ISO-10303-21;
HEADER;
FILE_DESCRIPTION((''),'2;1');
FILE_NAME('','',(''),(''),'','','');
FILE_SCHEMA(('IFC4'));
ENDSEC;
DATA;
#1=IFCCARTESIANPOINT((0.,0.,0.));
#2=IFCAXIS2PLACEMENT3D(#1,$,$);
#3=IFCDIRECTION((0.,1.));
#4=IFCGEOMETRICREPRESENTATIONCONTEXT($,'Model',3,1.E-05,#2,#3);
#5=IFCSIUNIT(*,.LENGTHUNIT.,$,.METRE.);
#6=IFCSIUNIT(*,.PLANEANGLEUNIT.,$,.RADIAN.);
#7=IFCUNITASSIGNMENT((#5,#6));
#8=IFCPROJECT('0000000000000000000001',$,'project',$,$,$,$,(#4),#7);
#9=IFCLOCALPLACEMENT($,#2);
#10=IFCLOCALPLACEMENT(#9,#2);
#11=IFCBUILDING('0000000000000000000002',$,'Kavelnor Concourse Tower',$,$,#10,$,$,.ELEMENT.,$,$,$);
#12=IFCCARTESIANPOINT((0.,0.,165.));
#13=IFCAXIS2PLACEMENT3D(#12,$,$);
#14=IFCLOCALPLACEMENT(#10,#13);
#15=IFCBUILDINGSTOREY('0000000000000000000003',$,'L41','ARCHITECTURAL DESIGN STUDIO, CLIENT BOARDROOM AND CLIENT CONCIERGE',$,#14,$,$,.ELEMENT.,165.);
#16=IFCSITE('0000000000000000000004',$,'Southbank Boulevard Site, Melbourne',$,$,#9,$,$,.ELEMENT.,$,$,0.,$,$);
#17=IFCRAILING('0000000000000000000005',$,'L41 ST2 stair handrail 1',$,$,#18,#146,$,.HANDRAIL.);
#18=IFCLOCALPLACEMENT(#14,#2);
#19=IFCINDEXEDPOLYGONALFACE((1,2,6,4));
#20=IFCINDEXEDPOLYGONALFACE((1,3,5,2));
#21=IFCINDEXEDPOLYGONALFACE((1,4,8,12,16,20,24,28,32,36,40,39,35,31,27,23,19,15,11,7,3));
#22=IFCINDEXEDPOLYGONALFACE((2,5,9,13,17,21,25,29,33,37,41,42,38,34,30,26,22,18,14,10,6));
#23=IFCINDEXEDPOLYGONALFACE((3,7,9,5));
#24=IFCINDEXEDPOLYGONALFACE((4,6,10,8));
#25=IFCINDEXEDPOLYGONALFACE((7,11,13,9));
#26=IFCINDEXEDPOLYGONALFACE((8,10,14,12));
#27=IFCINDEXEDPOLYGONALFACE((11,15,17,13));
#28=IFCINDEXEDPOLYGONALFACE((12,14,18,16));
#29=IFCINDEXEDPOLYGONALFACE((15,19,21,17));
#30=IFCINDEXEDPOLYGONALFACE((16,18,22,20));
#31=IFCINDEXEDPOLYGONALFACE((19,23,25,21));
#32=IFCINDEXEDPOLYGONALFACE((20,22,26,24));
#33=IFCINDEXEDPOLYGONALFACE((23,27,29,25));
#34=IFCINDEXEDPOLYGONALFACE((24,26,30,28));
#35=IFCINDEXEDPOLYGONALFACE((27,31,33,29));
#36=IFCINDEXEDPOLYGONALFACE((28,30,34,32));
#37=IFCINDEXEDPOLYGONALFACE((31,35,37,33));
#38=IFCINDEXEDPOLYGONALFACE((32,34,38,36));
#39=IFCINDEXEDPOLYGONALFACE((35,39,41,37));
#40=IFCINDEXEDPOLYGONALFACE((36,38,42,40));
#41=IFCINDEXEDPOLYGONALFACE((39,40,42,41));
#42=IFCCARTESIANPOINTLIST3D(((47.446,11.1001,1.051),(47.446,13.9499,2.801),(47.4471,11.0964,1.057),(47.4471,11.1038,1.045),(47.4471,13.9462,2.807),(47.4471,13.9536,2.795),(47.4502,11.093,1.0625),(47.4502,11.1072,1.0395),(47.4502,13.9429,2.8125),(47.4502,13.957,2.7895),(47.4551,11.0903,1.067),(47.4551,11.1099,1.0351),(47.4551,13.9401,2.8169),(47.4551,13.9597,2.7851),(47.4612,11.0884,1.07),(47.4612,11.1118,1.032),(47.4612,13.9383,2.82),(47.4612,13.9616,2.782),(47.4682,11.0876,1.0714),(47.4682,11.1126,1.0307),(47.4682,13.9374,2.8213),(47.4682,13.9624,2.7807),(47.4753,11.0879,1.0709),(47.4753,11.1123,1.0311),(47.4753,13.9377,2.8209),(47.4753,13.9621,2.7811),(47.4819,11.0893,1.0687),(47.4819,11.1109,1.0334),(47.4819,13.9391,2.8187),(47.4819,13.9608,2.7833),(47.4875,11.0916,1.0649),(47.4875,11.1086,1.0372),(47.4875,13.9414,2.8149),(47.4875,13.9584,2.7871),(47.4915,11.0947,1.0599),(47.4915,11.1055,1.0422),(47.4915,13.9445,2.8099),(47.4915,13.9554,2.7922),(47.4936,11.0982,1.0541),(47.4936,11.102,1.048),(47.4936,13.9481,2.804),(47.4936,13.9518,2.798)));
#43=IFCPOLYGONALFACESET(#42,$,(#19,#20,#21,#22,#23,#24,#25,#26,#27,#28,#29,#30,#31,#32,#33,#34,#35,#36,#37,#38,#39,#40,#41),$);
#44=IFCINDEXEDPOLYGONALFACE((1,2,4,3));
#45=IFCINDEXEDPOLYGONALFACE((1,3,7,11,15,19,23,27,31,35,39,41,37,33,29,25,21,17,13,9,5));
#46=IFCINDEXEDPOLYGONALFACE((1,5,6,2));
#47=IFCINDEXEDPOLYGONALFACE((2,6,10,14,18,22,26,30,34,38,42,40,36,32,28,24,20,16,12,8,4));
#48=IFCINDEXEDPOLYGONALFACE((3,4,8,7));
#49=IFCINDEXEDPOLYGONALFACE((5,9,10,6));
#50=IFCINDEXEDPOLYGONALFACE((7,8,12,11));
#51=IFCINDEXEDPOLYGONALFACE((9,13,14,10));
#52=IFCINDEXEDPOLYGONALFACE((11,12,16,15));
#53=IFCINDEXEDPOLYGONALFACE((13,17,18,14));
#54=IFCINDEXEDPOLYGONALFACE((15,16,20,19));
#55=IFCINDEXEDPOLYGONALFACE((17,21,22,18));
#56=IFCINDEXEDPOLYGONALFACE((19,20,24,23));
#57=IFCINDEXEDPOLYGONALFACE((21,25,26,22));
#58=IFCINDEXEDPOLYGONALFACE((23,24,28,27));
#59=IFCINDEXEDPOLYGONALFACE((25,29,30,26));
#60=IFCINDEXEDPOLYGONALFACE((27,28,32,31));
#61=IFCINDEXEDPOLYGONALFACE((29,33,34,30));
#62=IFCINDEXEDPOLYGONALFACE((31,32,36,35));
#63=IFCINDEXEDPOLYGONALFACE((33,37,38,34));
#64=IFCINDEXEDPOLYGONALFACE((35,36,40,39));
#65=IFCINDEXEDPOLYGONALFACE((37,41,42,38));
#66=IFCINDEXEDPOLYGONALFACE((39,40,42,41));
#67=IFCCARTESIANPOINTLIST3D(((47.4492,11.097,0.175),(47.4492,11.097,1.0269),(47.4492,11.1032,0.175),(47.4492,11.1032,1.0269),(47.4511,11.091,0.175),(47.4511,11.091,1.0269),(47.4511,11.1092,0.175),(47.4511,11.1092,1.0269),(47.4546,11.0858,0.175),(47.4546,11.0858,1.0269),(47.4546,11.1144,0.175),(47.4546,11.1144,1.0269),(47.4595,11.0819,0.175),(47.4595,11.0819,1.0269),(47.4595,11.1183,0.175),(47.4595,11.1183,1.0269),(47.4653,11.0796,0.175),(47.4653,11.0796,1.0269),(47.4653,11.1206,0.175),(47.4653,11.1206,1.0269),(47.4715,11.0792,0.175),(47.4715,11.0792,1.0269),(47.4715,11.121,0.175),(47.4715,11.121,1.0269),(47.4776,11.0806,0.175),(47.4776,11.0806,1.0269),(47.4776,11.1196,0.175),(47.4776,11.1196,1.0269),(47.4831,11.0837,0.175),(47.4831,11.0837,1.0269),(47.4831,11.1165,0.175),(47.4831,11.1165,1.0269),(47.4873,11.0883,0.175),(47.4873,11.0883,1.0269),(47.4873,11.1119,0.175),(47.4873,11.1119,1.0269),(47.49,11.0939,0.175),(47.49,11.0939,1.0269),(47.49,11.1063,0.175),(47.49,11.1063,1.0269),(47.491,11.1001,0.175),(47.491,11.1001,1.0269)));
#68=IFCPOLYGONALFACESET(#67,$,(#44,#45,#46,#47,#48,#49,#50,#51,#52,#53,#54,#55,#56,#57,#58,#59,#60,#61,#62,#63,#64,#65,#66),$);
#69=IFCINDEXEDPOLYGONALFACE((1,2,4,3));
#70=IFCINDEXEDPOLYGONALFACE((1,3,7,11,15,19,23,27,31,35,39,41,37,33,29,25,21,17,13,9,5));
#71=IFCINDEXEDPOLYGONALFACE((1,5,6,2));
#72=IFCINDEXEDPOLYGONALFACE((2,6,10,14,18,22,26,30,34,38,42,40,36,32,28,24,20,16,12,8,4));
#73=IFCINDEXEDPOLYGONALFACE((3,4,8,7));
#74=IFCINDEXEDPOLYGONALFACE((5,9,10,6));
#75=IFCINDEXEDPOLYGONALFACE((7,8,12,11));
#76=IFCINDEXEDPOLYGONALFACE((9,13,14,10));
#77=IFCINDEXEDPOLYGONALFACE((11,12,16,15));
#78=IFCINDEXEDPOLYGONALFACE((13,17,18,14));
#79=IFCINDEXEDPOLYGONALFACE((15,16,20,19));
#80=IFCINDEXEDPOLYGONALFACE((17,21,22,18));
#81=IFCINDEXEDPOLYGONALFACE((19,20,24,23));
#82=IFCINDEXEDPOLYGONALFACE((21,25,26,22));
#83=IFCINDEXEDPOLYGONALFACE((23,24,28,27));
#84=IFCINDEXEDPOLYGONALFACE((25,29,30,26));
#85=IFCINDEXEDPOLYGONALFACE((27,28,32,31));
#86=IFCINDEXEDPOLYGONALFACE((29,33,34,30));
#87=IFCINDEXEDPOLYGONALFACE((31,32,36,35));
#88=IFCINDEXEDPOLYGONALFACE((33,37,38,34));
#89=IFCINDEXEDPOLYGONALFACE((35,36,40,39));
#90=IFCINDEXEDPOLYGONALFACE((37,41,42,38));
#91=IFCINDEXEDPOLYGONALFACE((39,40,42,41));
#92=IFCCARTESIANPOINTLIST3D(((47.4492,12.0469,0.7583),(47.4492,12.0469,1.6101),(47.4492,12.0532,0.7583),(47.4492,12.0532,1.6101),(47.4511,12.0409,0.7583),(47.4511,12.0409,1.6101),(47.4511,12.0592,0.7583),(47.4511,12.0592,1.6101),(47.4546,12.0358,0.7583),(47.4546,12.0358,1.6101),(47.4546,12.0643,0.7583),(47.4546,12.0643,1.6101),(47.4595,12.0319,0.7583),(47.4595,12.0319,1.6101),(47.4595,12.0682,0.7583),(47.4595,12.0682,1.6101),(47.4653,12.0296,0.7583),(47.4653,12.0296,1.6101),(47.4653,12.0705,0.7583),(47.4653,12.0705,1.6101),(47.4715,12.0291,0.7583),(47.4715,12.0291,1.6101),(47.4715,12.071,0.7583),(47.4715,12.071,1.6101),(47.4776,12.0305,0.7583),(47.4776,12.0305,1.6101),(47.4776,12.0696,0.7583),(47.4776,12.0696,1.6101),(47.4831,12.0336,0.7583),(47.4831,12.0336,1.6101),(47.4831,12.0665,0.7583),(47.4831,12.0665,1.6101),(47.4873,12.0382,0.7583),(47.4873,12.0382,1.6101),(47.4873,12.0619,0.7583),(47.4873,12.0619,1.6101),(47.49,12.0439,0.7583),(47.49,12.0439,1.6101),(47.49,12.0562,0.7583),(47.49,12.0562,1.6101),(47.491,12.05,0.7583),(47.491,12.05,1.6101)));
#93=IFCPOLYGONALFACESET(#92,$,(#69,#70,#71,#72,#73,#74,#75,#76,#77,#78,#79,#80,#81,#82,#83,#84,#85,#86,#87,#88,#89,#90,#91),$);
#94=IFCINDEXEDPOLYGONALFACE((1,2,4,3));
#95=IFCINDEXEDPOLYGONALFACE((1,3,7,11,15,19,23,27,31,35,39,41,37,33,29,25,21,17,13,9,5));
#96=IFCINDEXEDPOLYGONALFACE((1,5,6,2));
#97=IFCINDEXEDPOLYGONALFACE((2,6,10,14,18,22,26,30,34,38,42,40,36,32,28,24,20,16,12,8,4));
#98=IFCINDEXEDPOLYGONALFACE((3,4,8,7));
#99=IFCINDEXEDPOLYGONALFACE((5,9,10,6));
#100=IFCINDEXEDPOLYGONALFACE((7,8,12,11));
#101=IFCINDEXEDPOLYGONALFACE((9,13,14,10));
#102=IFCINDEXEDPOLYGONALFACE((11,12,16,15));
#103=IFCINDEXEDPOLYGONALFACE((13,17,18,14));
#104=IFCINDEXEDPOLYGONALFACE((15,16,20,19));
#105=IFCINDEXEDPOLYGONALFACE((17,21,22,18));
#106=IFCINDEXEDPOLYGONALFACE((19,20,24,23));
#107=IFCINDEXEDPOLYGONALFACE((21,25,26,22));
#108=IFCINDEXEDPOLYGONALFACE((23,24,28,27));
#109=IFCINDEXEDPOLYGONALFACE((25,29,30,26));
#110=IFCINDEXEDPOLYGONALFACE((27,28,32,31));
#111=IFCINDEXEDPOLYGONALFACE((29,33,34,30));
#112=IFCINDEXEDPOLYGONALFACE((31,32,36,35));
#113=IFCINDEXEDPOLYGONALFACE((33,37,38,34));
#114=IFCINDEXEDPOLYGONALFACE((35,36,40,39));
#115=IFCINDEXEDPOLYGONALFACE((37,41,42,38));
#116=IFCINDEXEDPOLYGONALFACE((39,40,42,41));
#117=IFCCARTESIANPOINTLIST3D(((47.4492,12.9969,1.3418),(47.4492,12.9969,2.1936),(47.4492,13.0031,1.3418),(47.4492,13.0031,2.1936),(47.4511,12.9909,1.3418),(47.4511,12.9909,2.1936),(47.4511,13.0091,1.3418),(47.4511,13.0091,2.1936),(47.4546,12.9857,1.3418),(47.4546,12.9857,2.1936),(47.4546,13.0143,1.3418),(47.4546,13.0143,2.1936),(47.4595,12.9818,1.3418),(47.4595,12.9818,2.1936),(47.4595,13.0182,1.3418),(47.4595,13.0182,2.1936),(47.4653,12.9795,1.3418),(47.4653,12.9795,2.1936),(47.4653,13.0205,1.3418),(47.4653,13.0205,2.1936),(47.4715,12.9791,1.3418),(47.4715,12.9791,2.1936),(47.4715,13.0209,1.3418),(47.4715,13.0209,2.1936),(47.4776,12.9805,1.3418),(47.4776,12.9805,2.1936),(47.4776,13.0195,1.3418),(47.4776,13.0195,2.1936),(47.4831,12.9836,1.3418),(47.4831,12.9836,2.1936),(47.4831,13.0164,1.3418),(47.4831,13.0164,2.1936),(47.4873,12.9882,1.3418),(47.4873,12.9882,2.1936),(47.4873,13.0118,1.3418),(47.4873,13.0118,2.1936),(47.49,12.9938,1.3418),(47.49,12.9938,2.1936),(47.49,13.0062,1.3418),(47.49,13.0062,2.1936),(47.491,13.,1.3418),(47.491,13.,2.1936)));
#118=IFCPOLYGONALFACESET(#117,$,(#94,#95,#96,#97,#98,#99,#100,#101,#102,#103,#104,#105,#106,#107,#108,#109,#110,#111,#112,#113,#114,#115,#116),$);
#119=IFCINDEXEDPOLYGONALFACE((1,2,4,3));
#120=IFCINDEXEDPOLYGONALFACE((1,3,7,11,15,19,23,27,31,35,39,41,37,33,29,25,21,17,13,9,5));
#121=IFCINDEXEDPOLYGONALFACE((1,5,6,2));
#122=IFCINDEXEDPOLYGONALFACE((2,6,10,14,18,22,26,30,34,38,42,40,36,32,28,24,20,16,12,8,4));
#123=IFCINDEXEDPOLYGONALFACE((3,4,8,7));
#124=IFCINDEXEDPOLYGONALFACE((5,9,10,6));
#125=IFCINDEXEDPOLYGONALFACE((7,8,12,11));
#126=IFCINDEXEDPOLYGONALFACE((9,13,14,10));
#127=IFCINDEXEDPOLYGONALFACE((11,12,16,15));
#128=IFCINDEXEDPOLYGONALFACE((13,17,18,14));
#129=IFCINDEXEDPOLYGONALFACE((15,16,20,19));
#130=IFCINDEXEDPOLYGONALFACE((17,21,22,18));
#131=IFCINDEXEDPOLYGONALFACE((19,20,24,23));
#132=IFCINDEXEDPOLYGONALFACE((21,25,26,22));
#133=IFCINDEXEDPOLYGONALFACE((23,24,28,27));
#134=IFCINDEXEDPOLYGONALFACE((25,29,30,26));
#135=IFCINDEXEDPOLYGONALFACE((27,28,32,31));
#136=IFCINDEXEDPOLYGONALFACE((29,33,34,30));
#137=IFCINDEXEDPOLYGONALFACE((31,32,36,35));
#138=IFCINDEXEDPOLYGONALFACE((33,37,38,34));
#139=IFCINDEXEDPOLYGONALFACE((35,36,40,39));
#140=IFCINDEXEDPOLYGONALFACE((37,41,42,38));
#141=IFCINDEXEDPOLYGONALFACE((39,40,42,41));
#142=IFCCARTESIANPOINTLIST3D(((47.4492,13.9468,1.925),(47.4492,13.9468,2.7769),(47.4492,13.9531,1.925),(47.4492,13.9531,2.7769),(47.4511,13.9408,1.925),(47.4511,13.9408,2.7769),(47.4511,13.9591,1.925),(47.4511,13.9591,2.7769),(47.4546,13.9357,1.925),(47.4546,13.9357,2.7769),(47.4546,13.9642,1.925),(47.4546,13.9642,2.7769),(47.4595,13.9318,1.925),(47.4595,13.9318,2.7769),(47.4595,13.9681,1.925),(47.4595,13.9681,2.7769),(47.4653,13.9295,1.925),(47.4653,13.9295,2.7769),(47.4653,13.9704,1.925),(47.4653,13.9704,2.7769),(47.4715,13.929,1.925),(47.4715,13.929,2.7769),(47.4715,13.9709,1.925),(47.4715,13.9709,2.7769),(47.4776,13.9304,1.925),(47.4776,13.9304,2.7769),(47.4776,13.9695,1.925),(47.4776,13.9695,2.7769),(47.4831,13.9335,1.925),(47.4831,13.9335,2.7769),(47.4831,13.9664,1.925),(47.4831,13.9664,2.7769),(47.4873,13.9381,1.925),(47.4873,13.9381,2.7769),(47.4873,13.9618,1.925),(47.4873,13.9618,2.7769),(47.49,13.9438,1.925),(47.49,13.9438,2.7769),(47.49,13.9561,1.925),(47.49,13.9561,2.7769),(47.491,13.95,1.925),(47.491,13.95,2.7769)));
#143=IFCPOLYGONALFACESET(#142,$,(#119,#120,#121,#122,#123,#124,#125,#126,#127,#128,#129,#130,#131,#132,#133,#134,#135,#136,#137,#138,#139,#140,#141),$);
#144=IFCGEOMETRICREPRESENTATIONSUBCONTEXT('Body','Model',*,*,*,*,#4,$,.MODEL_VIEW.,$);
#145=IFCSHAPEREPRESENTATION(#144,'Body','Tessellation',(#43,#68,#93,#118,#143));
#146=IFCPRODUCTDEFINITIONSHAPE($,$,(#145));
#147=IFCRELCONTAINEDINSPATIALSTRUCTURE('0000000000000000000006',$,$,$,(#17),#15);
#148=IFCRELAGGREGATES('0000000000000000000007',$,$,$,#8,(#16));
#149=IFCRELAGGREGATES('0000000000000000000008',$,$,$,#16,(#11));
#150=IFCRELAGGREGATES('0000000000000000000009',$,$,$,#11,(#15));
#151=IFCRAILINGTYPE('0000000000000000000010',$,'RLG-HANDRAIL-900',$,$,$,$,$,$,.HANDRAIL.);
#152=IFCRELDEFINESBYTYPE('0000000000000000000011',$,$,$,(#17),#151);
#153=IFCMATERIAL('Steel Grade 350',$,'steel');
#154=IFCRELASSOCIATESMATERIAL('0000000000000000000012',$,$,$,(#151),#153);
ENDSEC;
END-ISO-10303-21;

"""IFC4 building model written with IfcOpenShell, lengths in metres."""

from ifc_helpers import new_model, si_unit, direction, frame, origin, origin_2d, place, context, subcontext, project, spatial, circle, extrude, material, type_object, element, save


model = new_model("IFC4")

# Units and contexts
model_context = context("Model", 3, precision=1e-05, world=origin(), true_north=direction((0.0, 1.0)))
body_context = subcontext(model_context, "Body", "Model", "MODEL_VIEW")
ifc_project = project(units=[si_unit("LENGTHUNIT", "METRE"), si_unit("PLANEANGLEUNIT", "RADIAN")], contexts=[model_context])

# Site, building, storey
site_placement = place(None, origin())
site = spatial("IfcSite", under=ifc_project, at=site_placement, Name="Southbank Boulevard Site, Melbourne", CompositionType="ELEMENT", RefElevation=0.0)
building_placement = place(site_placement, origin())
building = spatial("IfcBuilding", under=site, at=building_placement, Name="Kavelnor Concourse Tower", CompositionType="ELEMENT")
storey_placement = place(building_placement, frame((0.0, 0.0, 165.0)))
storey = spatial("IfcBuildingStorey", under=building, at=storey_placement, Name="L41", Description="ARCHITECTURAL DESIGN STUDIO, CLIENT BOARDROOM AND CLIENT CONCIERGE", CompositionType="ELEMENT", Elevation=165.0)

# Shared definitions
ifc_material_1 = material(Name="Steel Grade 350", Category="steel")

# Railing
railing_type_1 = type_object("IfcRailingType", Name="RLG-HANDRAIL-900", PredefinedType="HANDRAIL", material=ifc_material_1)
railing_1_placement = place(storey_placement, frame((47.47, 11.1001, 0.175)))
element("IfcRailing", 1, at=railing_1_placement, inside=storey, type_object=railing_type_1, Name="L41 ST2 stair handrail 1", PredefinedType="HANDRAIL", context=body_context, shape_type="SweptSolid", body=[
    extrude(circle(Radius=0.0239, at=origin_2d()), frame((0.0, 0.0, 0.876), z_axis=(0.0, 0.852159, 0.523283), x_axis=(-1.0, 0.0, 0.0)), (0.0, 0.0, 1.0), 3.3442),
    extrude(circle(Radius=0.021, at=origin_2d()), origin(), (0.0, 0.0, 1.0), 0.8518),
    extrude(circle(Radius=0.021, at=origin_2d()), frame((0.0, 0.95, 0.5833)), (0.0, 0.0, 1.0), 0.8518),
    extrude(circle(Radius=0.021, at=origin_2d()), frame((0.0, 1.8999, 1.1667)), (0.0, 0.0, 1.0), 0.8518),
    extrude(circle(Radius=0.021, at=origin_2d()), frame((0.0, 2.8499, 1.75)), (0.0, 0.0, 1.0), 0.8518),
])

save(model, "model.ifc")
